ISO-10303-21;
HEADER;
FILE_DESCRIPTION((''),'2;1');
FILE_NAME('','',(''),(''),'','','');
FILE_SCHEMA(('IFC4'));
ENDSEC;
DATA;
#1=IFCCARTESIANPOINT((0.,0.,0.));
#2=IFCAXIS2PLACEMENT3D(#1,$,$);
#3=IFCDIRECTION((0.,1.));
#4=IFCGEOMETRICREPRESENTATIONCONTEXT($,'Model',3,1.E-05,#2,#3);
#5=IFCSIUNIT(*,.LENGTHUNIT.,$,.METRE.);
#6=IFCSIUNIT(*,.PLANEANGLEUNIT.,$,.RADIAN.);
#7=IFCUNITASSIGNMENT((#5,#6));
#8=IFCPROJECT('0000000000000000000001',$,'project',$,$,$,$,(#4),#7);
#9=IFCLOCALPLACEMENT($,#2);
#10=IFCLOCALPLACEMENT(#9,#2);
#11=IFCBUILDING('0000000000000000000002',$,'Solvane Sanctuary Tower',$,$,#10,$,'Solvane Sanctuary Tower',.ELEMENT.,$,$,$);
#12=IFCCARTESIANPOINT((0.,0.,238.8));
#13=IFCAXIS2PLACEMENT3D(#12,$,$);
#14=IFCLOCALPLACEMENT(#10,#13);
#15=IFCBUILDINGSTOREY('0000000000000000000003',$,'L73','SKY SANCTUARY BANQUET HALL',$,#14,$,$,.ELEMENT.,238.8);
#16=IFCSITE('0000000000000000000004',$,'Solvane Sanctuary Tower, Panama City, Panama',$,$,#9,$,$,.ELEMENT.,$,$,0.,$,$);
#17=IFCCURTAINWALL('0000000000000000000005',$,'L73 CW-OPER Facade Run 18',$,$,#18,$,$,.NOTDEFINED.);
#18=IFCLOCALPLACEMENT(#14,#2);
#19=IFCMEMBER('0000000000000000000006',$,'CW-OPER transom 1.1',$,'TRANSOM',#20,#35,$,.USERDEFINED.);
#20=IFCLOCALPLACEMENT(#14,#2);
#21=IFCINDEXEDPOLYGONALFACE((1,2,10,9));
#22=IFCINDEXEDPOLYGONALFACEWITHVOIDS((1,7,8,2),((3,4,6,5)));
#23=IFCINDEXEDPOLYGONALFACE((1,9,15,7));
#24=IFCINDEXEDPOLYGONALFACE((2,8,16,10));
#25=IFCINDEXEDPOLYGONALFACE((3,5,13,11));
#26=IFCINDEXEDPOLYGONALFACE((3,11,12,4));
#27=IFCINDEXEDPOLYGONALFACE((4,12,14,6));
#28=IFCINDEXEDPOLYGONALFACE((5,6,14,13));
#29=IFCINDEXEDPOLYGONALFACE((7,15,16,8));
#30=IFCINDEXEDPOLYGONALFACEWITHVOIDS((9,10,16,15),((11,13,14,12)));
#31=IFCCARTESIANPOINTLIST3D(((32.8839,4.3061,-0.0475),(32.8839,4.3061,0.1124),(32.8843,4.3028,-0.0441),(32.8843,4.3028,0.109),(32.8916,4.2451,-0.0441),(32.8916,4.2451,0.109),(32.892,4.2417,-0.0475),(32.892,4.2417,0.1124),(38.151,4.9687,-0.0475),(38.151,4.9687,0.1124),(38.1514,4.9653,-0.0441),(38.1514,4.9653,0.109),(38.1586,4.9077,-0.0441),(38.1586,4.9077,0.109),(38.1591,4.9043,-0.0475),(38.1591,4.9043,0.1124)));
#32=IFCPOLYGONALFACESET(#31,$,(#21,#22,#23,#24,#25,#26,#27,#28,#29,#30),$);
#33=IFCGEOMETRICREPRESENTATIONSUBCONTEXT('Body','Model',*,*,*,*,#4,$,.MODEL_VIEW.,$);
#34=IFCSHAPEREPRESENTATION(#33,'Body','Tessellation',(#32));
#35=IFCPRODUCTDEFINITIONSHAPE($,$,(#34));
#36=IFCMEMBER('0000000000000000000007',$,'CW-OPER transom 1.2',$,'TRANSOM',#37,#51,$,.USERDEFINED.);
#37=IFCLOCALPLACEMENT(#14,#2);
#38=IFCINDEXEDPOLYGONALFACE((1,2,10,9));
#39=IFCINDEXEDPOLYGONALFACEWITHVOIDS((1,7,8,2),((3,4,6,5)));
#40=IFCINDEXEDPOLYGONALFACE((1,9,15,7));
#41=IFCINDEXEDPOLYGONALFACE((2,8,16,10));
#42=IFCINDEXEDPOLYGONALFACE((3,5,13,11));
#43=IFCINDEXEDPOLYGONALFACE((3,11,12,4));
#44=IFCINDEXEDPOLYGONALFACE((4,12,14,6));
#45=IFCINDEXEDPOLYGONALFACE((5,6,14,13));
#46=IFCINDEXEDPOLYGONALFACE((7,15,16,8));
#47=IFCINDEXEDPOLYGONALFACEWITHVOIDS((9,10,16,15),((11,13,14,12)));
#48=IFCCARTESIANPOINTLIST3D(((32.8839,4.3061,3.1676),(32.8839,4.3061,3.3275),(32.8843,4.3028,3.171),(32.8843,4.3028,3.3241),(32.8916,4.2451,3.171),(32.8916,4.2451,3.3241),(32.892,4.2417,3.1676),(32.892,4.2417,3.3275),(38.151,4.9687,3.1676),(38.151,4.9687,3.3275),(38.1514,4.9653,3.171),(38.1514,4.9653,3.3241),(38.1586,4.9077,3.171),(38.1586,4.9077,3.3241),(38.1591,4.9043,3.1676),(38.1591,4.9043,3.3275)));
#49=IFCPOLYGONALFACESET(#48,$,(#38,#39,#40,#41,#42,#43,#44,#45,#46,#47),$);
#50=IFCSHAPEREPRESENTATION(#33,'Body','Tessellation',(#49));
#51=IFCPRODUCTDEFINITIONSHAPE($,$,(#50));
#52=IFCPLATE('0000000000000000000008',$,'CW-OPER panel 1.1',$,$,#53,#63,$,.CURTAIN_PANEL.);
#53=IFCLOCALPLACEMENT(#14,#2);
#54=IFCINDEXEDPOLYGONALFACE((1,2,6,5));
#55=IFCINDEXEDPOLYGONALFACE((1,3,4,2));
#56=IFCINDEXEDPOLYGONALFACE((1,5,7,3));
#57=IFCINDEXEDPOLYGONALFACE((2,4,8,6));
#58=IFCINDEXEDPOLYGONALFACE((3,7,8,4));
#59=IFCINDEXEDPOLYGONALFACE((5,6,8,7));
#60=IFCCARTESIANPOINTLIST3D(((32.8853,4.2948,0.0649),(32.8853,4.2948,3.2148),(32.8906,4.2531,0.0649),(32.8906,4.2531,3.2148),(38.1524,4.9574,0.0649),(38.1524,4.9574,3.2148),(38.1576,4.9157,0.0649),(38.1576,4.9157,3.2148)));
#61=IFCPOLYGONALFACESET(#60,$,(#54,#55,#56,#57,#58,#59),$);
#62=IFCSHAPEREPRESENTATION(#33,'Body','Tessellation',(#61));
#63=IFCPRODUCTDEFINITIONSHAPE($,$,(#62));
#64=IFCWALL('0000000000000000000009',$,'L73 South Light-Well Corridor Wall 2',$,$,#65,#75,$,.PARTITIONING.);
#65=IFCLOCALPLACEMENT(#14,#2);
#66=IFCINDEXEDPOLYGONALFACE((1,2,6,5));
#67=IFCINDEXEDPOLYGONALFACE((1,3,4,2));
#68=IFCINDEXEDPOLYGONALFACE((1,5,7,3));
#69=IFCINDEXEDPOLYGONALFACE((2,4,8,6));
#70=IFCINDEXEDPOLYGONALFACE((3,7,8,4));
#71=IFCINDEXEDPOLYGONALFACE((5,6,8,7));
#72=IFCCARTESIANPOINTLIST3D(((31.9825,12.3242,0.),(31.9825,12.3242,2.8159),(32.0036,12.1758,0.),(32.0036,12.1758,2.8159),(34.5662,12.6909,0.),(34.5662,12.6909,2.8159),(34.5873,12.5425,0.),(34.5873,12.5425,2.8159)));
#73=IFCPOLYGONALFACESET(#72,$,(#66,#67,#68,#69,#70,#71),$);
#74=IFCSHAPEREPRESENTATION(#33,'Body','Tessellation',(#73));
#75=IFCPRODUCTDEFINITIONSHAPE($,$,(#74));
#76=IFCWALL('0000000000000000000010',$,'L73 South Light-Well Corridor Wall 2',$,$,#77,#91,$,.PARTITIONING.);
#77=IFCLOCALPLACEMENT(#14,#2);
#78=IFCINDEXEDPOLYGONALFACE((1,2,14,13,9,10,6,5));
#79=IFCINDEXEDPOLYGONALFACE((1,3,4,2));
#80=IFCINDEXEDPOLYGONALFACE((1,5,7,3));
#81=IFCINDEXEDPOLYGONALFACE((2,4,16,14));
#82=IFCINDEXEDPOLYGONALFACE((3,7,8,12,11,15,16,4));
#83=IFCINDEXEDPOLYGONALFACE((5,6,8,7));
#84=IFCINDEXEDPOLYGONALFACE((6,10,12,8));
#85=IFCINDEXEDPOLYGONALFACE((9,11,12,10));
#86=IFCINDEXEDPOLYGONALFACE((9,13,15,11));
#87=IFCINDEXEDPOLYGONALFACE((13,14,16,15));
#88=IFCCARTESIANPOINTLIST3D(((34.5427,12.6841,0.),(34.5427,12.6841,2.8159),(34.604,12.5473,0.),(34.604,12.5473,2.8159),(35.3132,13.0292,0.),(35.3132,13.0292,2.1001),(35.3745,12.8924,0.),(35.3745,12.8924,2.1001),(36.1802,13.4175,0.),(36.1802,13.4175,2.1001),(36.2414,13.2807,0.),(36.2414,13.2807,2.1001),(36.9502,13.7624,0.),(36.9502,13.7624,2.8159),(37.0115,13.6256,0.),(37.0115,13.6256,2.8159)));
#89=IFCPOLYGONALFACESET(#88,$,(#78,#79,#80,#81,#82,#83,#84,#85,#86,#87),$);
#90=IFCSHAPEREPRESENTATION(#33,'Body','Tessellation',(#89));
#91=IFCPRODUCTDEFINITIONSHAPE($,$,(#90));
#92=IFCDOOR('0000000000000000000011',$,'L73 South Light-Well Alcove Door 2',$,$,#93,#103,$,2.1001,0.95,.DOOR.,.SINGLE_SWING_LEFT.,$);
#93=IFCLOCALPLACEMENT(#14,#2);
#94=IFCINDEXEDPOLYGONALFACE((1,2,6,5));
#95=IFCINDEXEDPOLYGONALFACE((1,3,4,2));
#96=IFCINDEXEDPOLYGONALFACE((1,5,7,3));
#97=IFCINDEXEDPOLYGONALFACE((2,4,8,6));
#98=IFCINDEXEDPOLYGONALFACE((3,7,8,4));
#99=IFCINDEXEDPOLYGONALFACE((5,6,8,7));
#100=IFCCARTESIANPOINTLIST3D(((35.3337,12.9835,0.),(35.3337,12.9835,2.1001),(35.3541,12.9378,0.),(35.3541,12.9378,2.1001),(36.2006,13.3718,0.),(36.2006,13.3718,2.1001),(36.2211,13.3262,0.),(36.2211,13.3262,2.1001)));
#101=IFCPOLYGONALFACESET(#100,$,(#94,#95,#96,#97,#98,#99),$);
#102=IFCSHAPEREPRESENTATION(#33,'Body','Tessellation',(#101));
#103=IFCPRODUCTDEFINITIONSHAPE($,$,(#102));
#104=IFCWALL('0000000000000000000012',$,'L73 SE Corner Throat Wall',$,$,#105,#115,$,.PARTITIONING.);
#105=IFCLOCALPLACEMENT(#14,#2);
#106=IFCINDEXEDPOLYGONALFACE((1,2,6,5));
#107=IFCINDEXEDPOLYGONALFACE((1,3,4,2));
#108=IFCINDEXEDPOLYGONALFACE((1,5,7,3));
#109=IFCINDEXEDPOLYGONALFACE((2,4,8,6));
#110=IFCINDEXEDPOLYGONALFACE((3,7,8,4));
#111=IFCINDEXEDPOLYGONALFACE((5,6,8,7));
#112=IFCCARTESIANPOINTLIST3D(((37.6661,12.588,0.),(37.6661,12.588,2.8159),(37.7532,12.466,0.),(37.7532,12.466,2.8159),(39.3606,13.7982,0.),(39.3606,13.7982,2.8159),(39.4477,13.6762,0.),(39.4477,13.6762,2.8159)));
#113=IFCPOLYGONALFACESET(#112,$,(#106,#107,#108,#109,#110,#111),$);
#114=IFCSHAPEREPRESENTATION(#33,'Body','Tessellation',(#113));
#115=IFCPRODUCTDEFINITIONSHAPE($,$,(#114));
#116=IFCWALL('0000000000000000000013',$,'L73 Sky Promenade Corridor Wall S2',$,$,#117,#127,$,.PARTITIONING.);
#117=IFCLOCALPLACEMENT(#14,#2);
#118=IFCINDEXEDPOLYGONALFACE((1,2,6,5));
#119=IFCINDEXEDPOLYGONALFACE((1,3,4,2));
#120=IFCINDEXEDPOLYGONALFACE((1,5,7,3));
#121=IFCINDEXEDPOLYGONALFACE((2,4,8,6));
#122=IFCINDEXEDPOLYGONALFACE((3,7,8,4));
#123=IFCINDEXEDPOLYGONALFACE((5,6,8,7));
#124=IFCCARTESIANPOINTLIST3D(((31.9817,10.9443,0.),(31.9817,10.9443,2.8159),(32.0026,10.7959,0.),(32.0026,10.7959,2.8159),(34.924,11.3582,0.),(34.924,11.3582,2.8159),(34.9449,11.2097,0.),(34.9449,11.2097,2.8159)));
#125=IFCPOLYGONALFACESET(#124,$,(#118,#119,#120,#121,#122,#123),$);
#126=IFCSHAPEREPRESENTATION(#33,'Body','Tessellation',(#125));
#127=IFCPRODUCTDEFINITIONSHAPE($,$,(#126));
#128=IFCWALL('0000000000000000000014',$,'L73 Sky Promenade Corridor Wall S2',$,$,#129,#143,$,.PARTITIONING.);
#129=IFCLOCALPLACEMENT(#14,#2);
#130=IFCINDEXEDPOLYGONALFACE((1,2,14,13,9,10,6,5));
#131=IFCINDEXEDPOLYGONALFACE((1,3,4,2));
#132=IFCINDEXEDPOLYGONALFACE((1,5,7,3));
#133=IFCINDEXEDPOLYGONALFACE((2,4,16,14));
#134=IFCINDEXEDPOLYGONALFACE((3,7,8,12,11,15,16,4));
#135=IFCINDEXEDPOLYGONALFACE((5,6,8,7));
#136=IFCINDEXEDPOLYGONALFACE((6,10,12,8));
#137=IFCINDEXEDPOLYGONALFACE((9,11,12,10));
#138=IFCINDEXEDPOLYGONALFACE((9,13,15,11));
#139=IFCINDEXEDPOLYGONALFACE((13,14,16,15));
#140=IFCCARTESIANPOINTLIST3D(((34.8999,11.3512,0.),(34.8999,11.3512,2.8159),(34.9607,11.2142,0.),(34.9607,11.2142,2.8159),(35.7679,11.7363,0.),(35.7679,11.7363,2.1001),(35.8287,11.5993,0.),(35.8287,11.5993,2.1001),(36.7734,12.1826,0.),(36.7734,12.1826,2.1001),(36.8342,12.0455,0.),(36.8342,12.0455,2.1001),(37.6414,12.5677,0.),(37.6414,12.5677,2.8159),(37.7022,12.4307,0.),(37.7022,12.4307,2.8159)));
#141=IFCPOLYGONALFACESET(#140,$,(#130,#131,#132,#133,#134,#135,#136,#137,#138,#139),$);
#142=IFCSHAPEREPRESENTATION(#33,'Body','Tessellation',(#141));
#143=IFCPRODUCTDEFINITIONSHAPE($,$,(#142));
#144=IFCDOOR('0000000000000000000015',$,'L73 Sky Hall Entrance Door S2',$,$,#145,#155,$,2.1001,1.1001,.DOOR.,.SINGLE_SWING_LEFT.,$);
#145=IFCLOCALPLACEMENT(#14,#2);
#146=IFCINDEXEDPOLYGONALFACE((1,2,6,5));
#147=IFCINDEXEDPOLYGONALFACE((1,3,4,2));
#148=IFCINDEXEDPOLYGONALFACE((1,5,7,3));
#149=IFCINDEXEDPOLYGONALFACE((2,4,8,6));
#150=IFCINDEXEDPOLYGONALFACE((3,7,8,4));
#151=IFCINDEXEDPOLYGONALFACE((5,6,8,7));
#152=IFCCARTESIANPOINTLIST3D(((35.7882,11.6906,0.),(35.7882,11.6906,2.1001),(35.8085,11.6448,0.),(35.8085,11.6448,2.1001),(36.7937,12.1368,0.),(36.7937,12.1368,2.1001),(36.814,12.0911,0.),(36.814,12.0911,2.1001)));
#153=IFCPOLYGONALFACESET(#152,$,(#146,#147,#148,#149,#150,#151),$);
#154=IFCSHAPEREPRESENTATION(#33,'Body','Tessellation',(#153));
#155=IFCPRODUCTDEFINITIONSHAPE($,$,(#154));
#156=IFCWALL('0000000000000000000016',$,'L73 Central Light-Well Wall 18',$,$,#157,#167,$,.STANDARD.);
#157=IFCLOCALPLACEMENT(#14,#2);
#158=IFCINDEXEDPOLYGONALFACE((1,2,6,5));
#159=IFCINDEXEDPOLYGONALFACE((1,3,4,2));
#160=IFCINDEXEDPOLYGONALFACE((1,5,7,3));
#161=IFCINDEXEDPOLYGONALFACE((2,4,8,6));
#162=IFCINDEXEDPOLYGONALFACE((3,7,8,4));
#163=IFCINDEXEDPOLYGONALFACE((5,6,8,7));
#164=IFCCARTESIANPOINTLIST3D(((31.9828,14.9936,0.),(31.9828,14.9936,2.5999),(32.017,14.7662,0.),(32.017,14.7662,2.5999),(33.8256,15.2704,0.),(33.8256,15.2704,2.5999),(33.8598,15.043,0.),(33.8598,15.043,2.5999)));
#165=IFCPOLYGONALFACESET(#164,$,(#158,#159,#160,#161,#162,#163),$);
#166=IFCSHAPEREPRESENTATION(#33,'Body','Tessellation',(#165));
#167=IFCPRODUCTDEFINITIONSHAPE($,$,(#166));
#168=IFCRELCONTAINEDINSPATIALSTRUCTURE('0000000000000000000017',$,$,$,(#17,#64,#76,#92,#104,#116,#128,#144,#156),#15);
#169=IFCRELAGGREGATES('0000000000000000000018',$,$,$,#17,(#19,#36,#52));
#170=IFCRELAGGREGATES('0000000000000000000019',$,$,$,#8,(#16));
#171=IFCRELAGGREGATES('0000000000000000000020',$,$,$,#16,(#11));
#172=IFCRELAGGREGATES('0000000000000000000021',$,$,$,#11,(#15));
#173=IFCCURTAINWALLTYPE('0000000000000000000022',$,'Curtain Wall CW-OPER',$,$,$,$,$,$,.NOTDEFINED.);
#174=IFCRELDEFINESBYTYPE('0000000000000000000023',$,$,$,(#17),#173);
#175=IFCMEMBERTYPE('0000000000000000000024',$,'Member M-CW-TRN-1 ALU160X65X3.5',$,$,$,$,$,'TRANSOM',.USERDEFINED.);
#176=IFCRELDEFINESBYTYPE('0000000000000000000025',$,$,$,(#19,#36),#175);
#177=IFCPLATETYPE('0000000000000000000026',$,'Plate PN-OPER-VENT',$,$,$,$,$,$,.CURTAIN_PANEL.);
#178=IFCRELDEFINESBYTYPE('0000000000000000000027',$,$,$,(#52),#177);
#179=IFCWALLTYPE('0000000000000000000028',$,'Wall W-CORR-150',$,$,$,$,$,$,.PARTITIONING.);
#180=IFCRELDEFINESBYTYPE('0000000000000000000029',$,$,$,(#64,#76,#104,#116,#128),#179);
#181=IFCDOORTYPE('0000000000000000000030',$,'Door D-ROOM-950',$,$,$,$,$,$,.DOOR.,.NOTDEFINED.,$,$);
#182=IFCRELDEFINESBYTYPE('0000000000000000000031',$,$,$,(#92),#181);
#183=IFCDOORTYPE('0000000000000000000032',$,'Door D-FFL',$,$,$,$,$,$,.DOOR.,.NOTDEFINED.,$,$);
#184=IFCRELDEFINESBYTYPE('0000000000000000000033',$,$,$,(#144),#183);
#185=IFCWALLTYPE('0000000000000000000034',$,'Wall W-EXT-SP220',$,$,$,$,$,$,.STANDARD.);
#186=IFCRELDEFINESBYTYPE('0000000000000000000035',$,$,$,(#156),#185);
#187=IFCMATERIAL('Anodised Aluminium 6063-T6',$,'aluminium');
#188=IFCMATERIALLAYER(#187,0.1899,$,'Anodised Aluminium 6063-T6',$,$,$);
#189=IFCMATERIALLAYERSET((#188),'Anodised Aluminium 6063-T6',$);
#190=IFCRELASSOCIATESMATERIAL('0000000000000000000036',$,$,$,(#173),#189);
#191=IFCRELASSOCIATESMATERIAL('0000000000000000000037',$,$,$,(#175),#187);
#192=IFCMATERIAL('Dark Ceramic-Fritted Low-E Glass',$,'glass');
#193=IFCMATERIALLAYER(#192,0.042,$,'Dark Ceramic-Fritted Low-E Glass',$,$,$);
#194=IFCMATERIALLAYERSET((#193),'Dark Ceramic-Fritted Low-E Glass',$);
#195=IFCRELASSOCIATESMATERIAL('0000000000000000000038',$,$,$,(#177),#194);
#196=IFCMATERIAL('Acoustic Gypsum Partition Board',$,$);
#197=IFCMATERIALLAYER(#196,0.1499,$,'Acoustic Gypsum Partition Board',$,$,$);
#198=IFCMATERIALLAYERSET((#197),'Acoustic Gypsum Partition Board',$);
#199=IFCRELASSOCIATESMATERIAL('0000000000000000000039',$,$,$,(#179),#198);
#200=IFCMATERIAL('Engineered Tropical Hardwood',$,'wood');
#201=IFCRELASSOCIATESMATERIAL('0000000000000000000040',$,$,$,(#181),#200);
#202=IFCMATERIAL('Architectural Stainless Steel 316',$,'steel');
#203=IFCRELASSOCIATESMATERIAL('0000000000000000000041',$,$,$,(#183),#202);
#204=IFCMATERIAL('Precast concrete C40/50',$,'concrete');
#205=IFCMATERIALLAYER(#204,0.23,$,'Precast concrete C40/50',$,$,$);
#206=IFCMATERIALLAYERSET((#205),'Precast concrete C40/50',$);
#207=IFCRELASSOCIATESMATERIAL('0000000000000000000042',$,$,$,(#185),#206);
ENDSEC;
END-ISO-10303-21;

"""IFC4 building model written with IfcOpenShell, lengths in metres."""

from ifc_helpers import new_model, si_unit, direction, frame, frame_2d, origin, origin_2d, place, context, subcontext, project, spatial, rectangle, hollow_rectangle, extrude, material, layer, layer_set, material_profile, profile_set, type_object, element, fill, aggregate, save


model = new_model("IFC4")

# Units and contexts
model_context = context("Model", 3, precision=1e-05, world=origin(), true_north=direction((0.0, 1.0)))
body_context = subcontext(model_context, "Body", "Model", "MODEL_VIEW")
ifc_project = project(units=[si_unit("LENGTHUNIT", "METRE"), si_unit("PLANEANGLEUNIT", "RADIAN")], contexts=[model_context])

# Site, building, storey
site_placement = place(None, origin())
site = spatial("IfcSite", under=ifc_project, at=site_placement, Name="Solvane Sanctuary Tower, Panama City, Panama", CompositionType="ELEMENT", RefElevation=0.0)
building_placement = place(site_placement, origin())
building = spatial("IfcBuilding", under=site, at=building_placement, Name="Solvane Sanctuary Tower", LongName="Solvane Sanctuary Tower", CompositionType="ELEMENT")
storey_placement = place(building_placement, frame((0.0, 0.0, 238.8)))
storey = spatial("IfcBuildingStorey", under=building, at=storey_placement, Name="L73", Description="SKY SANCTUARY BANQUET HALL", CompositionType="ELEMENT", Elevation=238.8)

# Curtain wall, members, plate
ifc_material_1 = material(Name="Anodised Aluminium 6063-T6", Category="aluminium")
ifc_layer_1 = layer(ifc_material_1, 0.1899, Name="Anodised Aluminium 6063-T6")
ifc_layer_set_1 = layer_set([ifc_layer_1], Name="Anodised Aluminium 6063-T6")
curtain_wall_type = type_object("IfcCurtainWallType", Name="Curtain Wall CW-OPER", PredefinedType="NOTDEFINED", material=ifc_layer_set_1)
curtain_wall_placement = place(storey_placement, origin())
curtain_wall = element("IfcCurtainWall", 1, at=curtain_wall_placement, inside=storey, type_object=curtain_wall_type, Name="L73 CW-OPER Facade Run 18", PredefinedType="NOTDEFINED")
ifc_material_profile_1 = material_profile(ifc_material_1, hollow_rectangle(XDim=0.0649, YDim=0.1599, WallThickness=0.0034, at=origin_2d()), Name="ALU160X65X3.5")
ifc_profile_set_1 = profile_set([ifc_material_profile_1], Name="Anodised Aluminium 6063-T6")
member_type_1 = type_object("IfcMemberType", Name="Member M-CW-TRN-1 ALU160X65X3.5", ElementType="TRANSOM", PredefinedType="USERDEFINED", material=ifc_profile_set_1)
member_1_placement = place(storey_placement, frame((32.8879, 4.2739, 0.0325), z_axis=(0.99218, 0.124816, 0.0), x_axis=(-0.124816, 0.99218, 0.0)))
member_1 = element("IfcMember", 2, at=member_1_placement, type_object=member_type_1, Name="CW-OPER transom 1.1", ObjectType="TRANSOM", PredefinedType="USERDEFINED", context=body_context, shape_type="SweptSolid", body=[
    extrude(hollow_rectangle(XDim=0.0649, YDim=0.1599, WallThickness=0.0034, at=origin_2d()), origin(), (0.0, 0.0, 1.0), 5.3086),
])
member_2_placement = place(storey_placement, frame((32.8879, 4.2739, 3.2476), z_axis=(0.99218, 0.124816, 0.0), x_axis=(-0.124816, 0.99218, 0.0)))
member_2 = element("IfcMember", 3, at=member_2_placement, type_object=member_type_1, Name="CW-OPER transom 1.2", ObjectType="TRANSOM", PredefinedType="USERDEFINED", context=body_context, shape_type="SweptSolid", body=[
    extrude(hollow_rectangle(XDim=0.0649, YDim=0.1599, WallThickness=0.0034, at=origin_2d()), origin(), (0.0, 0.0, 1.0), 5.3086),
])
ifc_material_2 = material(Name="Dark Ceramic-Fritted Low-E Glass", Category="glass")
ifc_layer_2 = layer(ifc_material_2, 0.042, Name="Dark Ceramic-Fritted Low-E Glass")
ifc_layer_set_2 = layer_set([ifc_layer_2], Name="Dark Ceramic-Fritted Low-E Glass")
plate_type = type_object("IfcPlateType", Name="Plate PN-OPER-VENT", PredefinedType="CURTAIN_PANEL", material=ifc_layer_set_2)
plate_placement = place(storey_placement, frame((35.5215, 4.6052, 0.0649), z_axis=(0.0, 0.0, 1.0), x_axis=(0.99218, 0.124815, 0.0)))
plate = element("IfcPlate", 4, at=plate_placement, type_object=plate_type, Name="CW-OPER panel 1.1", PredefinedType="CURTAIN_PANEL", context=body_context, shape_type="SweptSolid", body=[
    extrude(rectangle(XDim=5.3086, YDim=0.042, at=origin_2d()), origin(), (0.0, 0.0, 1.0), 3.1499),
])
aggregate(curtain_wall, [member_1, member_2, plate])

# Wall
ifc_material_3 = material(Name="Acoustic Gypsum Partition Board")
ifc_layer_3 = layer(ifc_material_3, 0.1499, Name="Acoustic Gypsum Partition Board")
ifc_layer_set_3 = layer_set([ifc_layer_3], Name="Acoustic Gypsum Partition Board")
wall_type_1 = type_object("IfcWallType", Name="Wall W-CORR-150", PredefinedType="PARTITIONING", material=ifc_layer_set_3)
wall_1_placement = place(storey_placement, frame((31.9932, 12.25, 0.0), z_axis=(0.0, 0.0, 1.0), x_axis=(0.990078, 0.140518, 0.0)))
element("IfcWall", 5, at=wall_1_placement, inside=storey, type_object=wall_type_1, Name="L73 South Light-Well Corridor Wall 2", PredefinedType="PARTITIONING", context=body_context, shape_type="SweptSolid", body=[
    extrude(rectangle(XDim=2.6096, YDim=0.1499, at=frame_2d((1.3047, 0.0))), origin(), (0.0, 0.0, 1.0), 2.8159),
])

# Wall, opening, door
wall_2_placement = place(storey_placement, frame((34.5735, 12.6157, 0.0), z_axis=(0.0, 0.0, 1.0), x_axis=(0.912628, 0.40879, 0.0)))
wall_2 = element("IfcWall", 6, at=wall_2_placement, inside=storey, type_object=wall_type_1, Name="L73 South Light-Well Corridor Wall 2", PredefinedType="PARTITIONING", context=body_context, shape_type="SweptSolid", body=[
    extrude(rectangle(XDim=2.6379, YDim=0.1499, at=frame_2d((1.3188, 0.0))), origin(), (0.0, 0.0, 1.0), 2.8159),
])
opening_1_placement = place(wall_2_placement, frame((0.844, 0.0, 0.0)))
opening_1 = element("IfcOpeningElement", 7, at=opening_1_placement, cuts=wall_2, PredefinedType="OPENING", context=body_context, shape_type="SweptSolid", body=[
    extrude(rectangle(XDim=0.95, YDim=2.1001, at=frame_2d((0.4751, 1.05))), frame((0.0, 0.085, 0.0), z_axis=(0.0, -1.0, 0.0), x_axis=(1.0, 0.0, 0.0)), (0.0, 0.0, 1.0), 0.1699),
])
ifc_material_4 = material(Name="Engineered Tropical Hardwood", Category="wood")
door_type_1 = type_object("IfcDoorType", Name="Door D-ROOM-950", OperationType="NOTDEFINED", PredefinedType="DOOR", material=ifc_material_4)
door_1_placement = place(opening_1_placement, origin())
door_1 = element("IfcDoor", 8, at=door_1_placement, inside=storey, type_object=door_type_1, Name="L73 South Light-Well Alcove Door 2", OperationType="SINGLE_SWING_LEFT", OverallHeight=2.1001, OverallWidth=0.95, PredefinedType="DOOR", context=body_context, shape_type="SweptSolid", body=[
    extrude(rectangle(XDim=0.95, YDim=2.1001, at=frame_2d((0.4751, 1.05))), frame((0.0, 0.0249, 0.0), z_axis=(0.0, -1.0, 0.0), x_axis=(1.0, 0.0, 0.0)), (0.0, 0.0, 1.0), 0.05),
])
fill(opening_1, door_1)

# Walls
wall_3_placement = place(storey_placement, frame((37.7097, 12.5271, 0.0), z_axis=(0.0, 0.0, 1.0), x_axis=(0.813781, 0.581172, 0.0)))
element("IfcWall", 9, at=wall_3_placement, inside=storey, type_object=wall_type_1, Name="L73 SE Corner Throat Wall", PredefinedType="PARTITIONING", context=body_context, shape_type="SweptSolid", body=[
    extrude(rectangle(XDim=2.0823, YDim=0.1499, at=frame_2d((1.041, 0.0))), origin(), (0.0, 0.0, 1.0), 2.8159),
])
wall_4_placement = place(storey_placement, frame((31.9922, 10.8701, 0.0), z_axis=(0.0, 0.0, 1.0), x_axis=(0.990253, 0.139281, 0.0)))
element("IfcWall", 10, at=wall_4_placement, inside=storey, type_object=wall_type_1, Name="L73 Sky Promenade Corridor Wall S2", PredefinedType="PARTITIONING", context=body_context, shape_type="SweptSolid", body=[
    extrude(rectangle(XDim=2.9712, YDim=0.1499, at=frame_2d((1.4856, 0.0))), origin(), (0.0, 0.0, 1.0), 2.8159),
])

# Wall, opening, door
wall_5_placement = place(storey_placement, frame((34.9304, 11.2827, 0.0), z_axis=(0.0, 0.0, 1.0), x_axis=(0.914043, 0.405617, 0.0)))
wall_5 = element("IfcWall", 11, at=wall_5_placement, inside=storey, type_object=wall_type_1, Name="L73 Sky Promenade Corridor Wall S2", PredefinedType="PARTITIONING", context=body_context, shape_type="SweptSolid", body=[
    extrude(rectangle(XDim=2.9993, YDim=0.1499, at=frame_2d((1.4995, 0.0))), origin(), (0.0, 0.0, 1.0), 2.8159),
])
opening_2_placement = place(wall_5_placement, frame((0.9495, 0.0, 0.0)))
opening_2 = element("IfcOpeningElement", 12, at=opening_2_placement, cuts=wall_5, PredefinedType="OPENING", context=body_context, shape_type="SweptSolid", body=[
    extrude(rectangle(XDim=1.1001, YDim=2.1001, at=frame_2d((0.55, 1.05))), frame((0.0, 0.085, 0.0), z_axis=(0.0, -1.0, 0.0), x_axis=(1.0, 0.0, 0.0)), (0.0, 0.0, 1.0), 0.1699),
])
ifc_material_5 = material(Name="Architectural Stainless Steel 316", Category="steel")
door_type_2 = type_object("IfcDoorType", Name="Door D-FFL", OperationType="NOTDEFINED", PredefinedType="DOOR", material=ifc_material_5)
door_2_placement = place(opening_2_placement, origin())
door_2 = element("IfcDoor", 13, at=door_2_placement, inside=storey, type_object=door_type_2, Name="L73 Sky Hall Entrance Door S2", OperationType="SINGLE_SWING_LEFT", OverallHeight=2.1001, OverallWidth=1.1001, PredefinedType="DOOR", context=body_context, shape_type="SweptSolid", body=[
    extrude(rectangle(XDim=1.1001, YDim=2.1001, at=frame_2d((0.55, 1.05))), frame((0.0, 0.0249, 0.0), z_axis=(0.0, -1.0, 0.0), x_axis=(1.0, 0.0, 0.0)), (0.0, 0.0, 1.0), 0.05),
])
fill(opening_2, door_2)

# Wall
ifc_material_6 = material(Name="Precast concrete C40/50", Category="concrete")
ifc_layer_4 = layer(ifc_material_6, 0.23, Name="Precast concrete C40/50")
ifc_layer_set_4 = layer_set([ifc_layer_4], Name="Precast concrete C40/50")
wall_type_2 = type_object("IfcWallType", Name="Wall W-EXT-SP220", PredefinedType="STANDARD", material=ifc_layer_set_4)
wall_6_placement = place(storey_placement, frame((32.0, 14.8799, 0.0), z_axis=(0.0, 0.0, 1.0), x_axis=(0.988902, 0.148571, 0.0)))
element("IfcWall", 14, at=wall_6_placement, inside=storey, type_object=wall_type_2, Name="L73 Central Light-Well Wall 18", PredefinedType="STANDARD", context=body_context, shape_type="SweptSolid", body=[
    extrude(rectangle(XDim=1.8635, YDim=0.23, at=frame_2d((0.9316, 0.0))), origin(), (0.0, 0.0, 1.0), 2.5999),
])

save(model, "model.ifc")
